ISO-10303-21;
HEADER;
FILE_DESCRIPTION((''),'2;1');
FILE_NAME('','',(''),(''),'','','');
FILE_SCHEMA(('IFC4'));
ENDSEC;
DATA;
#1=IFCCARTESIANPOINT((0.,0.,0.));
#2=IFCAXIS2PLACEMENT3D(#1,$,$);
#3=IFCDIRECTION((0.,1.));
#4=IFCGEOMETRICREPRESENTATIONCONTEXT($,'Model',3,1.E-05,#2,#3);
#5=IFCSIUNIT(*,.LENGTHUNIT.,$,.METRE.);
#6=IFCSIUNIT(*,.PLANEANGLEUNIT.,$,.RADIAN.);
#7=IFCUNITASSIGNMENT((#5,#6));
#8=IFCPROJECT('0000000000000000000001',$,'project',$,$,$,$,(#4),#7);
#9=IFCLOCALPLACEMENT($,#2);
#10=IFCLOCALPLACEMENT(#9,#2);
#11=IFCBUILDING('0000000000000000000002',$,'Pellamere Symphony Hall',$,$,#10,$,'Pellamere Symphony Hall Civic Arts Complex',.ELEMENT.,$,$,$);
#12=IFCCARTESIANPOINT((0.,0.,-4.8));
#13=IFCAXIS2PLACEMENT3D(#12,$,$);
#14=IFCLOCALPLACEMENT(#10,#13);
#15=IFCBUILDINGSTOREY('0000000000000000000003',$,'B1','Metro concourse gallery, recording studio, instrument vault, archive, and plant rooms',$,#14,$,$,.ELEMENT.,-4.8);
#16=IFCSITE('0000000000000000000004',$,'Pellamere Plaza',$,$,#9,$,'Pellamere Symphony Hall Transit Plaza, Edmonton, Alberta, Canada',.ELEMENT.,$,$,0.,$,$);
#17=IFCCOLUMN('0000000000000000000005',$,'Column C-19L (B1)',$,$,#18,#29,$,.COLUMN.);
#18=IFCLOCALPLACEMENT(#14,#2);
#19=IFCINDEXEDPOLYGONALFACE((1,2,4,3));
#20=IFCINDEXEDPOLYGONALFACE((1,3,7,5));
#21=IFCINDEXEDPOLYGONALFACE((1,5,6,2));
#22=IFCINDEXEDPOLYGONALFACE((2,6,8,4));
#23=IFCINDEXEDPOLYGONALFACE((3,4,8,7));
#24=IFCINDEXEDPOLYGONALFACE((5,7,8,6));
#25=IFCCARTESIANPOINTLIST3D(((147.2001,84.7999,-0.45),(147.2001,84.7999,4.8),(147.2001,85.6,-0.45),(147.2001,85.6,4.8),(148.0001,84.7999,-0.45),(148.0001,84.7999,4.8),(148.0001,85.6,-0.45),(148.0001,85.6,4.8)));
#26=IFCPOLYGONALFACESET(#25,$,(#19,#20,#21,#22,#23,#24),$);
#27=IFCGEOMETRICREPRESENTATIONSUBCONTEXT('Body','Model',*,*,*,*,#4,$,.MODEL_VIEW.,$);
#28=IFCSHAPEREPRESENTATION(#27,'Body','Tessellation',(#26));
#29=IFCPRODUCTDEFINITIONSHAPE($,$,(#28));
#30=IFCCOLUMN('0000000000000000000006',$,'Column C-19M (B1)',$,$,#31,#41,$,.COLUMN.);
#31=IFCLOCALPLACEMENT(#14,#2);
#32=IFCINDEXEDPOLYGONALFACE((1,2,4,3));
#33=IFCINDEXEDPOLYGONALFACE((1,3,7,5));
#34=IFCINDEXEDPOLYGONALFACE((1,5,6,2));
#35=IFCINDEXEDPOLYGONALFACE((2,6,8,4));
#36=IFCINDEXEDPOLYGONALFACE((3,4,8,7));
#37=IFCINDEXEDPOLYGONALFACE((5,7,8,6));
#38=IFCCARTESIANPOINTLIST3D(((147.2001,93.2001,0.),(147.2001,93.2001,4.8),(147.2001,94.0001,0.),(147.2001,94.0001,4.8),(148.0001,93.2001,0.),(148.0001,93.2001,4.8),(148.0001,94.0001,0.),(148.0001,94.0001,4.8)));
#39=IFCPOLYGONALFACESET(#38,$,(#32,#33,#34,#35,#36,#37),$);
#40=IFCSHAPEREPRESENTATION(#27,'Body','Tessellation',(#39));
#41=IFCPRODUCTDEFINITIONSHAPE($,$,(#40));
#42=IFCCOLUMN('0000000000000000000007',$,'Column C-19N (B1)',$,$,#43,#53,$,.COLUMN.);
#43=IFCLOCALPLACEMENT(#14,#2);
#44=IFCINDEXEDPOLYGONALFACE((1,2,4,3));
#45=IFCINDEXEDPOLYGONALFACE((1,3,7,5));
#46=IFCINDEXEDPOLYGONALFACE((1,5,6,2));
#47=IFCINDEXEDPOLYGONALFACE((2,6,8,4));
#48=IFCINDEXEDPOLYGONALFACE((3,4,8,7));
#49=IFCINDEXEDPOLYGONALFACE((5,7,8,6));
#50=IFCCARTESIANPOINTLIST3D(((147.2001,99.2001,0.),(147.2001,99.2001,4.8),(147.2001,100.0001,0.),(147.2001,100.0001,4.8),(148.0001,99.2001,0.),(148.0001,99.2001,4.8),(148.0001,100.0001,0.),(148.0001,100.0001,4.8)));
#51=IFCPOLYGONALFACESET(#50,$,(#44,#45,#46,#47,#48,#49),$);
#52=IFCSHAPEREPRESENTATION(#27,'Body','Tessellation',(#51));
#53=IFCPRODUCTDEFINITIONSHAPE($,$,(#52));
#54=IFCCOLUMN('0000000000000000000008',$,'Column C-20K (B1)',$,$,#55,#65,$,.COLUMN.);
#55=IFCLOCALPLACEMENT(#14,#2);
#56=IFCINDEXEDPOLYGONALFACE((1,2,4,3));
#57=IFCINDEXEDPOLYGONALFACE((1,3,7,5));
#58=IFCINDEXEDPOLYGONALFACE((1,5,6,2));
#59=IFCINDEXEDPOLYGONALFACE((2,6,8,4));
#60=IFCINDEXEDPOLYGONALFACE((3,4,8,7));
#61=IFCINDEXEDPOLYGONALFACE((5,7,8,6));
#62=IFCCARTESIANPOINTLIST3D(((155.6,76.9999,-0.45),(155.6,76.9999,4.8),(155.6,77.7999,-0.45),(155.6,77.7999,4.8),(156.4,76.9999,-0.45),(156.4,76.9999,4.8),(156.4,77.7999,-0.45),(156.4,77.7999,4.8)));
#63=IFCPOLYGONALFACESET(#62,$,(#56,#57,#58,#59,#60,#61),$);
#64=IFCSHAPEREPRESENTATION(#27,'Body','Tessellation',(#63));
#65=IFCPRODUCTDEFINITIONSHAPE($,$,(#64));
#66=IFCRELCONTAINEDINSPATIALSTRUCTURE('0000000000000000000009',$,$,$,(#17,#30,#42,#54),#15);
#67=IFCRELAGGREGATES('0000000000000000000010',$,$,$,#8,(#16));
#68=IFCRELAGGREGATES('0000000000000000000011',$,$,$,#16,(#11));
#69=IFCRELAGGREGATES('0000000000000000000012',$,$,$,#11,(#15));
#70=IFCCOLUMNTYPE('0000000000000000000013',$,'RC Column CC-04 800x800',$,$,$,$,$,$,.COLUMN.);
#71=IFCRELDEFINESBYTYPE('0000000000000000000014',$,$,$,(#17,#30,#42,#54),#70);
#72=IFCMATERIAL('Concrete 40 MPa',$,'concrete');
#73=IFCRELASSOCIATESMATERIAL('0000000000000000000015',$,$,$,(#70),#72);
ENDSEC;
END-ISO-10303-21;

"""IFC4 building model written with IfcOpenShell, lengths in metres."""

from ifc_helpers import new_model, si_unit, direction, frame, origin, origin_2d, place, context, subcontext, project, spatial, rectangle, extrude, material, material_profile, profile_set, type_object, element, save


model = new_model("IFC4")

# Units and contexts
model_context = context("Model", 3, precision=1e-05, world=origin(), true_north=direction((0.0, 1.0)))
body_context = subcontext(model_context, "Body", "Model", "MODEL_VIEW")
ifc_project = project(units=[si_unit("LENGTHUNIT", "METRE"), si_unit("PLANEANGLEUNIT", "RADIAN")], contexts=[model_context])

# Site, building, storey
site_placement = place(None, origin())
site = spatial("IfcSite", under=ifc_project, at=site_placement, Name="Pellamere Plaza", LongName="Pellamere Symphony Hall Transit Plaza, Edmonton, Alberta, Canada", CompositionType="ELEMENT", RefElevation=0.0)
building_placement = place(site_placement, origin())
building = spatial("IfcBuilding", under=site, at=building_placement, Name="Pellamere Symphony Hall", LongName="Pellamere Symphony Hall Civic Arts Complex", CompositionType="ELEMENT")
storey_placement = place(building_placement, frame((0.0, 0.0, -4.8)))
storey = spatial("IfcBuildingStorey", under=building, at=storey_placement, Name="B1", Description="Metro concourse gallery, recording studio, instrument vault, archive, and plant rooms", CompositionType="ELEMENT", Elevation=-4.8)

# Shared definitions
ifc_material_1 = material(Name="Concrete 40 MPa", Category="concrete")

# Columns
ifc_material_profile_1 = material_profile(ifc_material_1, rectangle(XDim=0.8, YDim=0.8, at=origin_2d()), Name="RC 800x800")
ifc_profile_set_1 = profile_set([ifc_material_profile_1], Name="Concrete 40 MPa")
column_type = type_object("IfcColumnType", Name="RC Column CC-04 800x800", PredefinedType="COLUMN", material=ifc_profile_set_1)
for number, where, z_axis, x_axis, name in (
    (1, (147.6001, 85.2, -0.45), (0.0, 0.0, 1.0), (1.0, 0.0, 0.0), "Column C-19L (B1)"),
):
    element("IfcColumn", number, at=place(storey_placement, frame(where, z_axis=z_axis, x_axis=x_axis)), inside=storey, type_object=column_type, Name=name, PredefinedType="COLUMN", context=body_context, shape_type="SweptSolid", body=[
        extrude(rectangle(XDim=0.8, YDim=0.8, at=origin_2d()), origin(), (0.0, 0.0, 1.0), 5.25),
    ])
for number, where, z_axis, x_axis, name in (
    (2, (147.6001, 93.6001, 0.0), (0.0, 0.0, 1.0), (1.0, 0.0, 0.0), "Column C-19M (B1)"),
    (3, (147.6001, 99.6001, 0.0), (0.0, 0.0, 1.0), (1.0, 0.0, 0.0), "Column C-19N (B1)"),
):
    element("IfcColumn", number, at=place(storey_placement, frame(where, z_axis=z_axis, x_axis=x_axis)), inside=storey, type_object=column_type, Name=name, PredefinedType="COLUMN", context=body_context, shape_type="SweptSolid", body=[
        extrude(rectangle(XDim=0.8, YDim=0.8, at=origin_2d()), origin(), (0.0, 0.0, 1.0), 4.8),
    ])
column_placement = place(storey_placement, frame((156.0, 77.3999, -0.45), z_axis=(0.0, 0.0, 1.0), x_axis=(1.0, 0.0, 0.0)))
element("IfcColumn", 4, at=column_placement, inside=storey, type_object=column_type, Name="Column C-20K (B1)", PredefinedType="COLUMN", context=body_context, shape_type="SweptSolid", body=[
    extrude(rectangle(XDim=0.8, YDim=0.8, at=origin_2d()), origin(), (0.0, 0.0, 1.0), 5.25),
])

save(model, "model.ifc")
